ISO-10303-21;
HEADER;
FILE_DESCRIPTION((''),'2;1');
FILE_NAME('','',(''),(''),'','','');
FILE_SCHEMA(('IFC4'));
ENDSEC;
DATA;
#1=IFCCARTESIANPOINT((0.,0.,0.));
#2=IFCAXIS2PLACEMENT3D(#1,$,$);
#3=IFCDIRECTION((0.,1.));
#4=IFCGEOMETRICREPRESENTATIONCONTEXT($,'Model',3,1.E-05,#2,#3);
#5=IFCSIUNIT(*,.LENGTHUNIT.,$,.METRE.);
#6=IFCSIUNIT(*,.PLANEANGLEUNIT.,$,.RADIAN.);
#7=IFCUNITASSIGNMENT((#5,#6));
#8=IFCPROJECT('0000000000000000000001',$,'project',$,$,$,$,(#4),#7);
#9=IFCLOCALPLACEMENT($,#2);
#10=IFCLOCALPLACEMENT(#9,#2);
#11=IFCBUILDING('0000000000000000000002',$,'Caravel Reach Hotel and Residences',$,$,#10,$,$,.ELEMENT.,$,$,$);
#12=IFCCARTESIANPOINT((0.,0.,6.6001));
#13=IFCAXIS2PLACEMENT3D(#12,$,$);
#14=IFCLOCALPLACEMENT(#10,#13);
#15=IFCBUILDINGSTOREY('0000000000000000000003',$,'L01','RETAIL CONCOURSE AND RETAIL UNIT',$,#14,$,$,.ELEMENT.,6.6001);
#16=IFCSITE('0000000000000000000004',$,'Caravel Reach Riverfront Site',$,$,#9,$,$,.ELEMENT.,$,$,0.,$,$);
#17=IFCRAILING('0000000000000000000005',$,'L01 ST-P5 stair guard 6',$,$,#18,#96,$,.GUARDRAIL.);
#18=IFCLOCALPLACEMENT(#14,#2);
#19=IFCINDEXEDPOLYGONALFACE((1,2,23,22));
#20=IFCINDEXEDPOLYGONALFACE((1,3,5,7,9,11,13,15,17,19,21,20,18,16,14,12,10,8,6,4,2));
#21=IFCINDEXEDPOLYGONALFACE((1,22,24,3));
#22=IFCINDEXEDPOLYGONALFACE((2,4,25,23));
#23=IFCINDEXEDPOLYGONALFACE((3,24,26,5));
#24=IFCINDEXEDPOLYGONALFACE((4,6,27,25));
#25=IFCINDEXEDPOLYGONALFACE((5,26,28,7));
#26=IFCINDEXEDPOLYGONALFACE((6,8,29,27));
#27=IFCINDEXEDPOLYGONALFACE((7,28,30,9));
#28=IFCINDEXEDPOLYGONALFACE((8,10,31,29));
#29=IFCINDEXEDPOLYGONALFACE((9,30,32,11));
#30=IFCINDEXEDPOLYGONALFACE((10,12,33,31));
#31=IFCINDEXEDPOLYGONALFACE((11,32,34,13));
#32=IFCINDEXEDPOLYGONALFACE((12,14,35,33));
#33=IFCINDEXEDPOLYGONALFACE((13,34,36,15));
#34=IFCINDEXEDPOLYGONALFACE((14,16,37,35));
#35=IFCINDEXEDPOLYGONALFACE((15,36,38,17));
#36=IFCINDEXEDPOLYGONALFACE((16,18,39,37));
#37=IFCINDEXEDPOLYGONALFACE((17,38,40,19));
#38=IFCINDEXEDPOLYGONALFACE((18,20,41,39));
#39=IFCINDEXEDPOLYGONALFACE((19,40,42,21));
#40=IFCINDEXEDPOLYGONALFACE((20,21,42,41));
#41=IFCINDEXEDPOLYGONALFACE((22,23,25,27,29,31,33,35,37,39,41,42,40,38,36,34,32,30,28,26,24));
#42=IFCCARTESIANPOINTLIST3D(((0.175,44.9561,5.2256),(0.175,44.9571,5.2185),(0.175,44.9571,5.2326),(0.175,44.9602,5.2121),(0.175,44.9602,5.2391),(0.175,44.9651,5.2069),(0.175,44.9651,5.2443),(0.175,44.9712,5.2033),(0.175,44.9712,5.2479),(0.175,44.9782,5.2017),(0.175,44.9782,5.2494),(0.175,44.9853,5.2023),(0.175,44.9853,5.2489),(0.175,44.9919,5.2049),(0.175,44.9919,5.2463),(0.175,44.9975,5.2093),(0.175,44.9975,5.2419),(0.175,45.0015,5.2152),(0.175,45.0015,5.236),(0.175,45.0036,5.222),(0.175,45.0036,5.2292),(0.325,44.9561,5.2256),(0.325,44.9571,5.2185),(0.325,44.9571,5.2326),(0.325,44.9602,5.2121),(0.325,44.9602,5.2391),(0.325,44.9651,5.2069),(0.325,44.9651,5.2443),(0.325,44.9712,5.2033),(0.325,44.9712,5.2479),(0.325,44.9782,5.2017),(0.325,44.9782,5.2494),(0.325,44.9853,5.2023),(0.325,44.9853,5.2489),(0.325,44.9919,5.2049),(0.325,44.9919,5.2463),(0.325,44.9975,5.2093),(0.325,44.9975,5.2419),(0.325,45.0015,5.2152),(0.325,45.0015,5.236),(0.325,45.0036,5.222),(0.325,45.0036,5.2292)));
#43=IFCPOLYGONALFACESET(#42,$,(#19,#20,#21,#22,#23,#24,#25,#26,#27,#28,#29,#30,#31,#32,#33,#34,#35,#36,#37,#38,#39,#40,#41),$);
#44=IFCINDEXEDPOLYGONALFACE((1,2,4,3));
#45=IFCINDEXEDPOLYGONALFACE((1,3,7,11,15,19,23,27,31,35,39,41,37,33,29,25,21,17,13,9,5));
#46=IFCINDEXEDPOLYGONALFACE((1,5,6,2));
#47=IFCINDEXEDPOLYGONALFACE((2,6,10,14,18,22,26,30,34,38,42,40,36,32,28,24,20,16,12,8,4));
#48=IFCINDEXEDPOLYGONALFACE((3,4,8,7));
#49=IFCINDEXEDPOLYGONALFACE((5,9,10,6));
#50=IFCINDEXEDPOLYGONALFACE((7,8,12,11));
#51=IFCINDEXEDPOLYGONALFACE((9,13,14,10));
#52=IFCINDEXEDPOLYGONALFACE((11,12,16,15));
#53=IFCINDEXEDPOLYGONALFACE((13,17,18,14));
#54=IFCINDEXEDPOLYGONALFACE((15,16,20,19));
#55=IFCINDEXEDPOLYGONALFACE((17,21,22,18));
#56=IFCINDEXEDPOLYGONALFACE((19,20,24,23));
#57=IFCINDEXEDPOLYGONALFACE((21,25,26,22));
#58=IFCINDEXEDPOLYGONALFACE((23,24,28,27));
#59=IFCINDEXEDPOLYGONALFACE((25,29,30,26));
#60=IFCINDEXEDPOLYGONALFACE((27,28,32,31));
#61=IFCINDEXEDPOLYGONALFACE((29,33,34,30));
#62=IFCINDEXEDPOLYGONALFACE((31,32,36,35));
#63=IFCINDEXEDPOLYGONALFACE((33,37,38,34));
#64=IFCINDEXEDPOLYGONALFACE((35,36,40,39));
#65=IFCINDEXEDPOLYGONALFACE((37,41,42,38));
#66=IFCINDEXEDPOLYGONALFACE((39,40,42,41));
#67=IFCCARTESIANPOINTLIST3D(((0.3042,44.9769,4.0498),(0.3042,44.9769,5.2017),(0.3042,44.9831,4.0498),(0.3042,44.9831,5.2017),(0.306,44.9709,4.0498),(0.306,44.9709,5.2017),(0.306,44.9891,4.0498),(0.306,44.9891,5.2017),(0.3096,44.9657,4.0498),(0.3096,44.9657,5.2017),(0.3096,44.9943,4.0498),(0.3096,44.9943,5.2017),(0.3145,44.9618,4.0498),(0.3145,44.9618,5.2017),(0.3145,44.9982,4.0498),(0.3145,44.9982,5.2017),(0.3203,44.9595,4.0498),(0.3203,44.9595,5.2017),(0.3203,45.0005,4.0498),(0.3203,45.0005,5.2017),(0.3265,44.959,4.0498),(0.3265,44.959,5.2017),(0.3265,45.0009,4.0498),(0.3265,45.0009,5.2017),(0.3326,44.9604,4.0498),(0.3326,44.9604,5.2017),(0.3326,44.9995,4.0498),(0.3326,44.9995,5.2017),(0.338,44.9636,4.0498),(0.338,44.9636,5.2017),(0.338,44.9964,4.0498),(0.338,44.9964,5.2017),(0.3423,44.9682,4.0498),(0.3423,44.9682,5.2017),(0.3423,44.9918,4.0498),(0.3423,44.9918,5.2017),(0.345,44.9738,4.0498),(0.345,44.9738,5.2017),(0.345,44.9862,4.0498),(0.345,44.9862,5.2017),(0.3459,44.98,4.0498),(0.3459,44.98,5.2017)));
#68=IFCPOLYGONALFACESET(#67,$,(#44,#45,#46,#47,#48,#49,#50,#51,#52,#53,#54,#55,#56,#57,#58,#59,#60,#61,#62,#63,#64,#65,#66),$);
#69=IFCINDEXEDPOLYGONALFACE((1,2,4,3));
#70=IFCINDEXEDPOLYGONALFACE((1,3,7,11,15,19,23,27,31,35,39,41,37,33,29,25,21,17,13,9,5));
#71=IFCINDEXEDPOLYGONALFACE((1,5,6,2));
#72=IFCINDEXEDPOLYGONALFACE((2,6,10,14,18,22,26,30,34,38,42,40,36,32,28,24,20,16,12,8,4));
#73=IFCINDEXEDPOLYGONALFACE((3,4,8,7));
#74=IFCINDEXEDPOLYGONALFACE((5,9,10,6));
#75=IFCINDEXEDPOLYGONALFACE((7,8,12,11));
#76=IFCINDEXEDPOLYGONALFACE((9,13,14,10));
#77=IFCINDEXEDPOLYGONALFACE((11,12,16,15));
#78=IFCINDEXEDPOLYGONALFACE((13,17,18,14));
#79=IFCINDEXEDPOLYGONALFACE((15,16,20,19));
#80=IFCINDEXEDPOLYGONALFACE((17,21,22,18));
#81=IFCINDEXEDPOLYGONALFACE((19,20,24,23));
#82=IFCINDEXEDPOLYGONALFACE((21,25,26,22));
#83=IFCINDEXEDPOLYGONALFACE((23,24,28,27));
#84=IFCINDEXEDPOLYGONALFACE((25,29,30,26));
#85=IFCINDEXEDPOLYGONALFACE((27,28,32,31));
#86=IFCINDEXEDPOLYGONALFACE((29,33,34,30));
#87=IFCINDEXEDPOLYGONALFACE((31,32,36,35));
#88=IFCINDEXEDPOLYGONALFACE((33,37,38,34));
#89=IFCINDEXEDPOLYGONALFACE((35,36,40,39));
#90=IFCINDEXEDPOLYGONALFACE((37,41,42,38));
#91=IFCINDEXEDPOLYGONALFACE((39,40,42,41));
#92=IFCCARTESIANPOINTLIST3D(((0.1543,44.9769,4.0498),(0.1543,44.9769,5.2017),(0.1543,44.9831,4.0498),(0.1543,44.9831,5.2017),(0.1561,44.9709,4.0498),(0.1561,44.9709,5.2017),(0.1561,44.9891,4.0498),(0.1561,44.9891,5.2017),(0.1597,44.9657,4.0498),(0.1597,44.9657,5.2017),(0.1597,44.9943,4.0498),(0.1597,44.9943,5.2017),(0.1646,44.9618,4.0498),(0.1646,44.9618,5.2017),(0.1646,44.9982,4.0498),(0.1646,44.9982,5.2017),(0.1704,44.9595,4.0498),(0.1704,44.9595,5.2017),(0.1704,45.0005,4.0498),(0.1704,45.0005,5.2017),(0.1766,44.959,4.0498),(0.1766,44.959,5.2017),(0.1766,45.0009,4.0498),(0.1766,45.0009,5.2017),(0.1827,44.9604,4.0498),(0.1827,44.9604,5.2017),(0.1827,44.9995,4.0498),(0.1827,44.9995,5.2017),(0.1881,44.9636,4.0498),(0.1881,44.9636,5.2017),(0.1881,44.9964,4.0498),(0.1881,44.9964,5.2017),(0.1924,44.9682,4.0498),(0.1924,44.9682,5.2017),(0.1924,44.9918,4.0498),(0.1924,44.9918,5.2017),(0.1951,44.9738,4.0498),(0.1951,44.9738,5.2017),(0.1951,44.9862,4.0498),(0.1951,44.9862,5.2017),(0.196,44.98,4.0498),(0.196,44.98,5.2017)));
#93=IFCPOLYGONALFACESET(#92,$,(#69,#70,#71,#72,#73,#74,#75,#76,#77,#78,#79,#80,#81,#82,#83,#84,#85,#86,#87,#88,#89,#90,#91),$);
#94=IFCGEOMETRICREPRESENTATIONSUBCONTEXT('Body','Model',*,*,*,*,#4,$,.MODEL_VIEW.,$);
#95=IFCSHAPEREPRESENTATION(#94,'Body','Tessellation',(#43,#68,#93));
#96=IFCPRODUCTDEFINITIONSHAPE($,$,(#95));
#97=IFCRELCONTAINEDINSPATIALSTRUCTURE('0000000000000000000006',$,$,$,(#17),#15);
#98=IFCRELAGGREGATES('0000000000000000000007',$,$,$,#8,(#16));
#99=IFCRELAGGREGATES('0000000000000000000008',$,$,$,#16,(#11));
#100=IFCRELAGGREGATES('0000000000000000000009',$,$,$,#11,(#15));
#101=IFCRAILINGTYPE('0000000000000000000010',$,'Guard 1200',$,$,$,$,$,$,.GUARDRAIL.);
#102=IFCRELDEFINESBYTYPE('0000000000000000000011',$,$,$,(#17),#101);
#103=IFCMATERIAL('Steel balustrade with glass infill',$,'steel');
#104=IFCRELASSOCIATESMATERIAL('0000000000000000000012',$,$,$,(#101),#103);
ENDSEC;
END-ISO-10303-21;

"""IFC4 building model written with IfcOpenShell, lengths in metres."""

from ifc_helpers import new_model, si_unit, direction, frame, origin, origin_2d, place, context, subcontext, project, spatial, circle, extrude, material, type_object, element, save


model = new_model("IFC4")

# Units and contexts
model_context = context("Model", 3, precision=1e-05, world=origin(), true_north=direction((0.0, 1.0)))
body_context = subcontext(model_context, "Body", "Model", "MODEL_VIEW")
ifc_project = project(units=[si_unit("LENGTHUNIT", "METRE"), si_unit("PLANEANGLEUNIT", "RADIAN")], contexts=[model_context])

# Site, building, storey
site_placement = place(None, origin())
site = spatial("IfcSite", under=ifc_project, at=site_placement, Name="Caravel Reach Riverfront Site", CompositionType="ELEMENT", RefElevation=0.0)
building_placement = place(site_placement, origin())
building = spatial("IfcBuilding", under=site, at=building_placement, Name="Caravel Reach Hotel and Residences", CompositionType="ELEMENT")
storey_placement = place(building_placement, frame((0.0, 0.0, 6.6001)))
storey = spatial("IfcBuildingStorey", under=building, at=storey_placement, Name="L01", Description="RETAIL CONCOURSE AND RETAIL UNIT", CompositionType="ELEMENT", Elevation=6.6001)

# Railing
ifc_material_1 = material(Name="Steel balustrade with glass infill", Category="steel")
railing_type_1 = type_object("IfcRailingType", Name="Guard 1200", PredefinedType="GUARDRAIL", material=ifc_material_1)
railing_1_placement = place(storey_placement, frame((0.325, 44.98, 4.0498)))
element("IfcRailing", 1, at=railing_1_placement, inside=storey, type_object=railing_type_1, Name="L01 ST-P5 stair guard 6", PredefinedType="GUARDRAIL", context=body_context, shape_type="SweptSolid", body=[
    extrude(circle(Radius=0.0239, at=origin_2d()), frame((0.0, 0.0, 1.1758), z_axis=(-1.0, 0.0, 0.0), x_axis=(0.0, -1.0, 0.0)), (0.0, 0.0, 1.0), 0.1499),
    extrude(circle(Radius=0.021, at=origin_2d()), origin(), (0.0, 0.0, 1.0), 1.1519),
    extrude(circle(Radius=0.021, at=origin_2d()), frame((-0.1499, 0.0, 0.0)), (0.0, 0.0, 1.0), 1.1519),
])

save(model, "model.ifc")
